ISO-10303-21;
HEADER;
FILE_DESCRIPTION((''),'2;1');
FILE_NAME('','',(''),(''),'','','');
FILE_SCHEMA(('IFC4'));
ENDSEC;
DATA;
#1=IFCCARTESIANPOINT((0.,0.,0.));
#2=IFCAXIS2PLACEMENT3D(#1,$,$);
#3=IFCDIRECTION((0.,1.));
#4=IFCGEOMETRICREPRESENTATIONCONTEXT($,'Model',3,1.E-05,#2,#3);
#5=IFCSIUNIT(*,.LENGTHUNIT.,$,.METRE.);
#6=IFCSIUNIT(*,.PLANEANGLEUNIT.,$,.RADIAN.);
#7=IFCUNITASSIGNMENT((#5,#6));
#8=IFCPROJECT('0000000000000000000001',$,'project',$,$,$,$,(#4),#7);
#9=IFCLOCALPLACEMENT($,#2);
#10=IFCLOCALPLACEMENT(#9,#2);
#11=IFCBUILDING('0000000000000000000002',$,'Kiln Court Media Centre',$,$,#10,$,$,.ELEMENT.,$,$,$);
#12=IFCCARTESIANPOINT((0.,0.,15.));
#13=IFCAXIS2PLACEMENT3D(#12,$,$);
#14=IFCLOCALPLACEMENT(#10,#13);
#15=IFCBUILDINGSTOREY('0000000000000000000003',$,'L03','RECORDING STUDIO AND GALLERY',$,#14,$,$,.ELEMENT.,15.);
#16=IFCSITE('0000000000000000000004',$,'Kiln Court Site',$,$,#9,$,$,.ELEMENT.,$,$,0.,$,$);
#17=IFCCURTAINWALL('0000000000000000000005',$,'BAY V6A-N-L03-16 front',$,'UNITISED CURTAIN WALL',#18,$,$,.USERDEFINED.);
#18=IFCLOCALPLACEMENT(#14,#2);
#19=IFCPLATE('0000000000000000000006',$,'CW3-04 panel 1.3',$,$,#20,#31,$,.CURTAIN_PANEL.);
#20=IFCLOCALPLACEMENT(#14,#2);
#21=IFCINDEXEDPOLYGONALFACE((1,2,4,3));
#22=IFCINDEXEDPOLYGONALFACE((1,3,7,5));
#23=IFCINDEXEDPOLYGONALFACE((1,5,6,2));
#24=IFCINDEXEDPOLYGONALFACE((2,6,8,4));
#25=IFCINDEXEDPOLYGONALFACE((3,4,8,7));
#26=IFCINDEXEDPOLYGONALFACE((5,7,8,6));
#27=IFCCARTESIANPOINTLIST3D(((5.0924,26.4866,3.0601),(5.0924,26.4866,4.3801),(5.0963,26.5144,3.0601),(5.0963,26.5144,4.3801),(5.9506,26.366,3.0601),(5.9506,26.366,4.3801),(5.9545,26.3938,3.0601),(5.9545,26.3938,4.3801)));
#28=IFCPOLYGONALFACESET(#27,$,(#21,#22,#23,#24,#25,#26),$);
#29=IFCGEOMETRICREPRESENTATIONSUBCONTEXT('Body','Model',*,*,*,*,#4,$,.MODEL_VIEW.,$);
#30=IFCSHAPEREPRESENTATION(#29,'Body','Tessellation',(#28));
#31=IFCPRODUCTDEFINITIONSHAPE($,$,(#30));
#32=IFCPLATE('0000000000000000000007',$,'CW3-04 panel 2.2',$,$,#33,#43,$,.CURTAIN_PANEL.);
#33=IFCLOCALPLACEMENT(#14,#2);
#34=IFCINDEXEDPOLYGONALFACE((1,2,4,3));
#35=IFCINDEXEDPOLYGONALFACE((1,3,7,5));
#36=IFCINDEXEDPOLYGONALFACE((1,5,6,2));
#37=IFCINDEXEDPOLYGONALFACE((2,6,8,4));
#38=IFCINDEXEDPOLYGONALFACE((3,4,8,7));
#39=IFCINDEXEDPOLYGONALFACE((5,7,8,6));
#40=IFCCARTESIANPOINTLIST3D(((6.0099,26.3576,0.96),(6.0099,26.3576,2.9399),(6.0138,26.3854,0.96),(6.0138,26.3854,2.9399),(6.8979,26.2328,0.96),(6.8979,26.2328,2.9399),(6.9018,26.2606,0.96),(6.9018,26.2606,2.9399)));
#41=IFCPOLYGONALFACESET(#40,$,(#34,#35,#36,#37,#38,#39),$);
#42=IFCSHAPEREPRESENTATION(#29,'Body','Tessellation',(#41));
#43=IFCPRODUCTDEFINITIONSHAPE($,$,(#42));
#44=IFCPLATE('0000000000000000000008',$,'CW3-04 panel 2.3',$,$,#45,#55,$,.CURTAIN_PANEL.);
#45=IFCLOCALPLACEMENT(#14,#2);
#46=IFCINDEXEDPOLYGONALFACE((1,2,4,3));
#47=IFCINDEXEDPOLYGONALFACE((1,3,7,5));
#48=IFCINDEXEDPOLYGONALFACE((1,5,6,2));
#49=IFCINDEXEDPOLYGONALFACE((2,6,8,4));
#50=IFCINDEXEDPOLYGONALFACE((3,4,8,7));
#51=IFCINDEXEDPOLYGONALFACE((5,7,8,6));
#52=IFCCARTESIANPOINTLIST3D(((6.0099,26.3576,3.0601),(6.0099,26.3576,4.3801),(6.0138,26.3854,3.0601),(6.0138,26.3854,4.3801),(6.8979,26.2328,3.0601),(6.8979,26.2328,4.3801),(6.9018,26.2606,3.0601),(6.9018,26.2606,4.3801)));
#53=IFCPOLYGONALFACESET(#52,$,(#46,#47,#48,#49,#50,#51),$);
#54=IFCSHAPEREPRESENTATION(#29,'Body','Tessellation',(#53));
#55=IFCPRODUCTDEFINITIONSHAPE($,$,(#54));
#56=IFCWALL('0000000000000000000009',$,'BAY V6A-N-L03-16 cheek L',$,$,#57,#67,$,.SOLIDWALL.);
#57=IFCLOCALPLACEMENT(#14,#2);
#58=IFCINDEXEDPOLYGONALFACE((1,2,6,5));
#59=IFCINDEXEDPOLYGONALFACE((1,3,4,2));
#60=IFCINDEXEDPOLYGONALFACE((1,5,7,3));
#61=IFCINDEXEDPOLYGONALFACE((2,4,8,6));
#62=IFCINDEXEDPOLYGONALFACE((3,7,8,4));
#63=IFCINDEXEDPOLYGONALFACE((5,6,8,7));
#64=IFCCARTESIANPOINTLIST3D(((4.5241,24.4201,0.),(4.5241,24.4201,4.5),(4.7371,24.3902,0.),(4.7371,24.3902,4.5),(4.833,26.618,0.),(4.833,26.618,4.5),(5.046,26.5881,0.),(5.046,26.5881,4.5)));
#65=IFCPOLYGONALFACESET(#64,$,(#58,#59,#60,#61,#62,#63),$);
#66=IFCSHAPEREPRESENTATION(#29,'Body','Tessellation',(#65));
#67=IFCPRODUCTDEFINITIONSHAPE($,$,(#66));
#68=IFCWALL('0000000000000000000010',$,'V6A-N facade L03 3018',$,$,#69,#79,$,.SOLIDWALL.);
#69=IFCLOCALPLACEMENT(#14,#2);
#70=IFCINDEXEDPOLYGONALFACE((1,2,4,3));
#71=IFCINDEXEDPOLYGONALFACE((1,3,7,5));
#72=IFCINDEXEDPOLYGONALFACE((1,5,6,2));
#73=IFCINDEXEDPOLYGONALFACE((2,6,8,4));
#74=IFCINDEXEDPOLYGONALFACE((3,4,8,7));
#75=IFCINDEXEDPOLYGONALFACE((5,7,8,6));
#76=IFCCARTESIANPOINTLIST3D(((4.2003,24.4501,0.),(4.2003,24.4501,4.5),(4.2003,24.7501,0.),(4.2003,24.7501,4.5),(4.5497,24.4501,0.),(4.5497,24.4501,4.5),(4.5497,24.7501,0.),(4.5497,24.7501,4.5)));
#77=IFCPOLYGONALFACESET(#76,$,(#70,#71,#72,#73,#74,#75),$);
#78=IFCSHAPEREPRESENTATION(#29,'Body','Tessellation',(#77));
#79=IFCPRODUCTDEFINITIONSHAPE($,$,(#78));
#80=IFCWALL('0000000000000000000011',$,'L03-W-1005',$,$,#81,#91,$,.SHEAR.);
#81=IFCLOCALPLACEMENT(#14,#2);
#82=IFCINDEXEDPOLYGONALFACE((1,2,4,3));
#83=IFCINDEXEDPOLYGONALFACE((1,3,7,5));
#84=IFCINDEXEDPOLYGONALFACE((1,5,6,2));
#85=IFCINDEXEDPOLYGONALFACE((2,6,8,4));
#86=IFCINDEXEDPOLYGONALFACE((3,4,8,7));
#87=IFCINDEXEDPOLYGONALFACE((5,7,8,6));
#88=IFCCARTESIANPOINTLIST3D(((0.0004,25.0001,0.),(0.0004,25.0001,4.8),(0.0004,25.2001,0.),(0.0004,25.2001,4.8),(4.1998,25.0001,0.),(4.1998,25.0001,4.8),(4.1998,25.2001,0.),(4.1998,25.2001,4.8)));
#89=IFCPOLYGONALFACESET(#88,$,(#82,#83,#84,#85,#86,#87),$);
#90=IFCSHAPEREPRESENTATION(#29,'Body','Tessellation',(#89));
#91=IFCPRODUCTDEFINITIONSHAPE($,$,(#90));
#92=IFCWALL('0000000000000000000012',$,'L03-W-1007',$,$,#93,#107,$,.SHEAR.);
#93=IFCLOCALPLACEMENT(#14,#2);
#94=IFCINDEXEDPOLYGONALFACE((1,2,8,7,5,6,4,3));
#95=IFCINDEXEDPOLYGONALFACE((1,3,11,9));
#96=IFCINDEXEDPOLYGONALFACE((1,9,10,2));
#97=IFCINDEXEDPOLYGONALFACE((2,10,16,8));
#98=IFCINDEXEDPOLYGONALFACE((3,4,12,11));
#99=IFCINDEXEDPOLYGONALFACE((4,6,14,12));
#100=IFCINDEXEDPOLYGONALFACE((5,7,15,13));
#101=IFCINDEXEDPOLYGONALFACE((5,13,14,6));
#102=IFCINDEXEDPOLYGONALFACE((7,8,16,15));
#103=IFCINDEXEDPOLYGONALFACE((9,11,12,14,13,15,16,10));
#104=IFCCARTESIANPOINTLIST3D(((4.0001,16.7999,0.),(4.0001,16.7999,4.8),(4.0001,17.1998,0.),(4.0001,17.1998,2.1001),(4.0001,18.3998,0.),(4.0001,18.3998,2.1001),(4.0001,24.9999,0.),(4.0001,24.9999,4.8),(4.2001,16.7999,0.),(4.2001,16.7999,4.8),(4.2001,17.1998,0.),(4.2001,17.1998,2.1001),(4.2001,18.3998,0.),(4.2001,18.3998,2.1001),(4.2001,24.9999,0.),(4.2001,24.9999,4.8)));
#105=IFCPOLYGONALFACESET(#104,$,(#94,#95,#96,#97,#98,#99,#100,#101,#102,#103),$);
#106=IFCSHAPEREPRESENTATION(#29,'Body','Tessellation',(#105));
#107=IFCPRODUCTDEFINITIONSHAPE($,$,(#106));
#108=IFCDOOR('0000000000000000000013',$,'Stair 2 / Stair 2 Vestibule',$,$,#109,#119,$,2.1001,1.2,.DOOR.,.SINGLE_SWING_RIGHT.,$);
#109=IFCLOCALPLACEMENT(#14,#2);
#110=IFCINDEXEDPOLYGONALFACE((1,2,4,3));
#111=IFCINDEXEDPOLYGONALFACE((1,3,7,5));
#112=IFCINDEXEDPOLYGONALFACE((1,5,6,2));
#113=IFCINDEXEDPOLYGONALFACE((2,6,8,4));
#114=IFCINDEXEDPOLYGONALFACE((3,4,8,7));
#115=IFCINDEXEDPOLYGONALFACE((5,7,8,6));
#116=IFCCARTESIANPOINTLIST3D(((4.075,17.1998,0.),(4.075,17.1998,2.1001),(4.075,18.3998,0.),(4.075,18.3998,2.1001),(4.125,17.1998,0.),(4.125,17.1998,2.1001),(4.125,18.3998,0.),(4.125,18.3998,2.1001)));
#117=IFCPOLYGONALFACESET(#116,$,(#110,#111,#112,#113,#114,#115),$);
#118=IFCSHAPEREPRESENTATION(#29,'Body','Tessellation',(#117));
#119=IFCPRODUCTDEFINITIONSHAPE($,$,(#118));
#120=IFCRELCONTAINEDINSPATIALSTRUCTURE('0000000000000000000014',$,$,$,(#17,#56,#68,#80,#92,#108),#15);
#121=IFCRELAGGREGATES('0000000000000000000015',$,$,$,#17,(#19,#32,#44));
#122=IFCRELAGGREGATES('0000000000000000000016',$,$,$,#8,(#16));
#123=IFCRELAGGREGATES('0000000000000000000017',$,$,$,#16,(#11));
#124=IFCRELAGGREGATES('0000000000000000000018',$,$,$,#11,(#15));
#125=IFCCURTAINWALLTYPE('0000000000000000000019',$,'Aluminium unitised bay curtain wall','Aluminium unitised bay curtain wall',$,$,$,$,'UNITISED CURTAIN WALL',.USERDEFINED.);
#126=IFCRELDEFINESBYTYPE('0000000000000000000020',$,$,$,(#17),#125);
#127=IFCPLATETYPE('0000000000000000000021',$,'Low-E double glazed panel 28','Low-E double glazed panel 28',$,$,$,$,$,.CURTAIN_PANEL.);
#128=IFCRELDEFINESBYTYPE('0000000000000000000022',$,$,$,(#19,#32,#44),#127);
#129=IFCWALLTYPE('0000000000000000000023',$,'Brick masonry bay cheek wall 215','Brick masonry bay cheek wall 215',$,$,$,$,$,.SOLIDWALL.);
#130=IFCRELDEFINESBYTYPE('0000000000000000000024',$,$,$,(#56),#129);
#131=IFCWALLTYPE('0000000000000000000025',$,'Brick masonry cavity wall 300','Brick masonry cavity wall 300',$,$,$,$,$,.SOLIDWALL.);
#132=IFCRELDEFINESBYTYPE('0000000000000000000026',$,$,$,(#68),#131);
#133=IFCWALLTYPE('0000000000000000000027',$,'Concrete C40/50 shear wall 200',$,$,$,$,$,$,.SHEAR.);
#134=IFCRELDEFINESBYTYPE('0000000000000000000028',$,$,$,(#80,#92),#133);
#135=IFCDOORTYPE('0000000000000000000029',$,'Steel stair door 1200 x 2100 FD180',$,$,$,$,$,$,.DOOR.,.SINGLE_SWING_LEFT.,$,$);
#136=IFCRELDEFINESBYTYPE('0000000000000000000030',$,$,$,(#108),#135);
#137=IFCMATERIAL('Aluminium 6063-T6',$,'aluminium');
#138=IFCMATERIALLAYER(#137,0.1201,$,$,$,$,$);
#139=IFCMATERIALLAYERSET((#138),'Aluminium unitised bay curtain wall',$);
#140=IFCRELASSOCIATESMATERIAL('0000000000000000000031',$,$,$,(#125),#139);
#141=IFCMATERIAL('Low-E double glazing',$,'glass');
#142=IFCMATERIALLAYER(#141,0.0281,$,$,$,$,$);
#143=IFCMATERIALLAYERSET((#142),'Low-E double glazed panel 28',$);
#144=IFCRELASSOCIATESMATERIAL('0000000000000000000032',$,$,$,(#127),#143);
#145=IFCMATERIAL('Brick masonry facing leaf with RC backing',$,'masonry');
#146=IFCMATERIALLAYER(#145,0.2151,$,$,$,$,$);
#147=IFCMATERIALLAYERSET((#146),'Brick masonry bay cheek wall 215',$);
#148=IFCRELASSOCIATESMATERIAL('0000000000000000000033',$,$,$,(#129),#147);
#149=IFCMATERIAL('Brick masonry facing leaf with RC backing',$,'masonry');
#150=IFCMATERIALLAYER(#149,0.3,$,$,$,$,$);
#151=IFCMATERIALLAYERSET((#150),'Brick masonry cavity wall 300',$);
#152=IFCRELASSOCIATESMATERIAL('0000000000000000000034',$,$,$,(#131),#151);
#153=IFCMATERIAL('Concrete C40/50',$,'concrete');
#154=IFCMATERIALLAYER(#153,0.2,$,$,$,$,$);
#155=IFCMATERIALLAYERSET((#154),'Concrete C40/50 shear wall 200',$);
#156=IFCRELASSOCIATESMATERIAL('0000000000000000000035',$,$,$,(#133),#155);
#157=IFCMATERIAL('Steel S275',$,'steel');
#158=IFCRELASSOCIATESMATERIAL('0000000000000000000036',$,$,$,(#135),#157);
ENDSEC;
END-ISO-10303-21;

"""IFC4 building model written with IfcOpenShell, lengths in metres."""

from ifc_helpers import new_model, si_unit, direction, frame, frame_2d, origin, origin_2d, place, context, subcontext, project, spatial, rectangle, extrude, material, layer, layer_set, type_object, element, fill, aggregate, save


model = new_model("IFC4")

# Units and contexts
model_context = context("Model", 3, precision=1e-05, world=origin(), true_north=direction((0.0, 1.0)))
body_context = subcontext(model_context, "Body", "Model", "MODEL_VIEW")
ifc_project = project(units=[si_unit("LENGTHUNIT", "METRE"), si_unit("PLANEANGLEUNIT", "RADIAN")], contexts=[model_context])

# Site, building, storey
site_placement = place(None, origin())
site = spatial("IfcSite", under=ifc_project, at=site_placement, Name="Kiln Court Site", CompositionType="ELEMENT", RefElevation=0.0)
building_placement = place(site_placement, origin())
building = spatial("IfcBuilding", under=site, at=building_placement, Name="Kiln Court Media Centre", CompositionType="ELEMENT")
storey_placement = place(building_placement, frame((0.0, 0.0, 15.0)))
storey = spatial("IfcBuildingStorey", under=building, at=storey_placement, Name="L03", Description="RECORDING STUDIO AND GALLERY", CompositionType="ELEMENT", Elevation=15.0)

# Curtain wall
ifc_material_1 = material(Name="Aluminium 6063-T6", Category="aluminium")
ifc_layer_1 = layer(ifc_material_1, 0.1201)
ifc_layer_set_1 = layer_set([ifc_layer_1], Name="Aluminium unitised bay curtain wall")
curtain_wall_type = type_object("IfcCurtainWallType", Name="Aluminium unitised bay curtain wall", Description="Aluminium unitised bay curtain wall", ElementType="UNITISED CURTAIN WALL", PredefinedType="USERDEFINED", material=ifc_layer_set_1)
curtain_wall_placement = place(storey_placement, origin())
curtain_wall = element("IfcCurtainWall", 1, at=curtain_wall_placement, inside=storey, type_object=curtain_wall_type, Name="BAY V6A-N-L03-16 front", ObjectType="UNITISED CURTAIN WALL", PredefinedType="USERDEFINED")

# Plates
ifc_material_2 = material(Name="Low-E double glazing", Category="glass")
ifc_layer_2 = layer(ifc_material_2, 0.0281)
ifc_layer_set_2 = layer_set([ifc_layer_2], Name="Low-E double glazed panel 28")
plate_type_1 = type_object("IfcPlateType", Name="Low-E double glazed panel 28", Description="Low-E double glazed panel 28", PredefinedType="CURTAIN_PANEL", material=ifc_layer_set_2)
plate_1_placement = place(storey_placement, frame((5.5234, 26.4402, 3.0601), z_axis=(0.0, 0.0, 1.0), x_axis=(0.99027, -0.139162, 0.0)))
plate_1 = element("IfcPlate", 2, at=plate_1_placement, type_object=plate_type_1, Name="CW3-04 panel 1.3", PredefinedType="CURTAIN_PANEL", context=body_context, shape_type="SweptSolid", body=[
    extrude(rectangle(XDim=0.8667, YDim=0.0281, at=origin_2d()), origin(), (0.0, 0.0, 1.0), 1.3201),
])
plate_2_placement = place(storey_placement, frame((6.4558, 26.3091, 0.96), z_axis=(0.0, 0.0, 1.0), x_axis=(0.99027, -0.139162, 0.0)))
plate_2 = element("IfcPlate", 3, at=plate_2_placement, type_object=plate_type_1, Name="CW3-04 panel 2.2", PredefinedType="CURTAIN_PANEL", context=body_context, shape_type="SweptSolid", body=[
    extrude(rectangle(XDim=0.8967, YDim=0.0281, at=origin_2d()), origin(), (0.0, 0.0, 1.0), 1.98),
])
plate_3_placement = place(storey_placement, frame((6.4558, 26.3091, 3.0601), z_axis=(0.0, 0.0, 1.0), x_axis=(0.99027, -0.139162, 0.0)))
plate_3 = element("IfcPlate", 4, at=plate_3_placement, type_object=plate_type_1, Name="CW3-04 panel 2.3", PredefinedType="CURTAIN_PANEL", context=body_context, shape_type="SweptSolid", body=[
    extrude(rectangle(XDim=0.8967, YDim=0.0281, at=origin_2d()), origin(), (0.0, 0.0, 1.0), 1.3201),
])
aggregate(curtain_wall, [plate_1, plate_2, plate_3])

# Walls
ifc_material_3 = material(Name="Brick masonry facing leaf with RC backing", Category="masonry")
ifc_layer_3 = layer(ifc_material_3, 0.2151)
ifc_layer_set_3 = layer_set([ifc_layer_3], Name="Brick masonry bay cheek wall 215")
wall_type_1 = type_object("IfcWallType", Name="Brick masonry bay cheek wall 215", Description="Brick masonry bay cheek wall 215", PredefinedType="SOLIDWALL", material=ifc_layer_set_3)
wall_1_placement = place(storey_placement, frame((4.6306, 24.405, 0.0), z_axis=(0.0, 0.0, 1.0), x_axis=(0.139142, 0.990272, 0.0)))
element("IfcWall", 5, at=wall_1_placement, inside=storey, type_object=wall_type_1, Name="BAY V6A-N-L03-16 cheek L", PredefinedType="SOLIDWALL", context=body_context, shape_type="SweptSolid", body=[
    extrude(rectangle(XDim=2.2195, YDim=0.2151, at=frame_2d((1.1099, 0.0))), origin(), (0.0, 0.0, 1.0), 4.5),
])
ifc_material_4 = material(Name="Brick masonry facing leaf with RC backing", Category="masonry")
ifc_layer_4 = layer(ifc_material_4, 0.3)
ifc_layer_set_4 = layer_set([ifc_layer_4], Name="Brick masonry cavity wall 300")
wall_type_2 = type_object("IfcWallType", Name="Brick masonry cavity wall 300", Description="Brick masonry cavity wall 300", PredefinedType="SOLIDWALL", material=ifc_layer_set_4)
wall_2_placement = place(storey_placement, frame((4.2002, 24.6001, 0.0), z_axis=(0.0, 0.0, 1.0), x_axis=(1.0, 0.0, 0.0)))
element("IfcWall", 6, at=wall_2_placement, inside=storey, type_object=wall_type_2, Name="V6A-N facade L03 3018", PredefinedType="SOLIDWALL", context=body_context, shape_type="SweptSolid", body=[
    extrude(rectangle(XDim=0.3494, YDim=0.3, at=frame_2d((0.1748, 0.0))), origin(), (0.0, 0.0, 1.0), 4.5),
])
ifc_material_5 = material(Name="Concrete C40/50", Category="concrete")
ifc_layer_5 = layer(ifc_material_5, 0.2)
ifc_layer_set_5 = layer_set([ifc_layer_5], Name="Concrete C40/50 shear wall 200")
wall_type_3 = type_object("IfcWallType", Name="Concrete C40/50 shear wall 200", PredefinedType="SHEAR", material=ifc_layer_set_5)
wall_3_placement = place(storey_placement, frame((0.0005, 25.1001, 0.0), z_axis=(0.0, 0.0, 1.0), x_axis=(1.0, 0.0, 0.0)))
element("IfcWall", 7, at=wall_3_placement, inside=storey, type_object=wall_type_3, Name="L03-W-1005", PredefinedType="SHEAR", context=body_context, shape_type="SweptSolid", body=[
    extrude(rectangle(XDim=4.1995, YDim=0.2, at=frame_2d((2.0996, 0.0))), origin(), (0.0, 0.0, 1.0), 4.8),
])

# Wall, opening, door
wall_4_placement = place(storey_placement, frame((4.1001, 25.0, 0.0), z_axis=(0.0, 0.0, 1.0), x_axis=(0.0, -1.0, 0.0)))
wall_4 = element("IfcWall", 8, at=wall_4_placement, inside=storey, type_object=wall_type_3, Name="L03-W-1007", PredefinedType="SHEAR", context=body_context, shape_type="SweptSolid", body=[
    extrude(rectangle(XDim=8.2, YDim=0.2, at=frame_2d((4.1001, 0.0))), origin(), (0.0, 0.0, 1.0), 4.8),
])
opening_placement = place(wall_4_placement, frame((6.6001, 0.0, 0.0)))
opening = element("IfcOpeningElement", 9, at=opening_placement, cuts=wall_4, PredefinedType="OPENING", context=body_context, shape_type="SweptSolid", body=[
    extrude(rectangle(XDim=1.2, YDim=2.1001, at=frame_2d((0.6001, 1.05))), frame((0.0, 0.1099, 0.0), z_axis=(0.0, -1.0, 0.0), x_axis=(1.0, 0.0, 0.0)), (0.0, 0.0, 1.0), 0.22),
])
ifc_material_6 = material(Name="Steel S275", Category="steel")
door_type = type_object("IfcDoorType", Name="Steel stair door 1200 x 2100 FD180", OperationType="SINGLE_SWING_LEFT", PredefinedType="DOOR", material=ifc_material_6)
door_placement = place(opening_placement, origin())
door = element("IfcDoor", 10, at=door_placement, inside=storey, type_object=door_type, Name="Stair 2 / Stair 2 Vestibule", OperationType="SINGLE_SWING_RIGHT", OverallHeight=2.1001, OverallWidth=1.2, PredefinedType="DOOR", context=body_context, shape_type="SweptSolid", body=[
    extrude(rectangle(XDim=1.2, YDim=2.1001, at=frame_2d((0.6001, 1.05))), frame((0.0, 0.0249, 0.0), z_axis=(0.0, -1.0, 0.0), x_axis=(1.0, 0.0, 0.0)), (0.0, 0.0, 1.0), 0.05),
])
fill(opening, door)

save(model, "model.ifc")
